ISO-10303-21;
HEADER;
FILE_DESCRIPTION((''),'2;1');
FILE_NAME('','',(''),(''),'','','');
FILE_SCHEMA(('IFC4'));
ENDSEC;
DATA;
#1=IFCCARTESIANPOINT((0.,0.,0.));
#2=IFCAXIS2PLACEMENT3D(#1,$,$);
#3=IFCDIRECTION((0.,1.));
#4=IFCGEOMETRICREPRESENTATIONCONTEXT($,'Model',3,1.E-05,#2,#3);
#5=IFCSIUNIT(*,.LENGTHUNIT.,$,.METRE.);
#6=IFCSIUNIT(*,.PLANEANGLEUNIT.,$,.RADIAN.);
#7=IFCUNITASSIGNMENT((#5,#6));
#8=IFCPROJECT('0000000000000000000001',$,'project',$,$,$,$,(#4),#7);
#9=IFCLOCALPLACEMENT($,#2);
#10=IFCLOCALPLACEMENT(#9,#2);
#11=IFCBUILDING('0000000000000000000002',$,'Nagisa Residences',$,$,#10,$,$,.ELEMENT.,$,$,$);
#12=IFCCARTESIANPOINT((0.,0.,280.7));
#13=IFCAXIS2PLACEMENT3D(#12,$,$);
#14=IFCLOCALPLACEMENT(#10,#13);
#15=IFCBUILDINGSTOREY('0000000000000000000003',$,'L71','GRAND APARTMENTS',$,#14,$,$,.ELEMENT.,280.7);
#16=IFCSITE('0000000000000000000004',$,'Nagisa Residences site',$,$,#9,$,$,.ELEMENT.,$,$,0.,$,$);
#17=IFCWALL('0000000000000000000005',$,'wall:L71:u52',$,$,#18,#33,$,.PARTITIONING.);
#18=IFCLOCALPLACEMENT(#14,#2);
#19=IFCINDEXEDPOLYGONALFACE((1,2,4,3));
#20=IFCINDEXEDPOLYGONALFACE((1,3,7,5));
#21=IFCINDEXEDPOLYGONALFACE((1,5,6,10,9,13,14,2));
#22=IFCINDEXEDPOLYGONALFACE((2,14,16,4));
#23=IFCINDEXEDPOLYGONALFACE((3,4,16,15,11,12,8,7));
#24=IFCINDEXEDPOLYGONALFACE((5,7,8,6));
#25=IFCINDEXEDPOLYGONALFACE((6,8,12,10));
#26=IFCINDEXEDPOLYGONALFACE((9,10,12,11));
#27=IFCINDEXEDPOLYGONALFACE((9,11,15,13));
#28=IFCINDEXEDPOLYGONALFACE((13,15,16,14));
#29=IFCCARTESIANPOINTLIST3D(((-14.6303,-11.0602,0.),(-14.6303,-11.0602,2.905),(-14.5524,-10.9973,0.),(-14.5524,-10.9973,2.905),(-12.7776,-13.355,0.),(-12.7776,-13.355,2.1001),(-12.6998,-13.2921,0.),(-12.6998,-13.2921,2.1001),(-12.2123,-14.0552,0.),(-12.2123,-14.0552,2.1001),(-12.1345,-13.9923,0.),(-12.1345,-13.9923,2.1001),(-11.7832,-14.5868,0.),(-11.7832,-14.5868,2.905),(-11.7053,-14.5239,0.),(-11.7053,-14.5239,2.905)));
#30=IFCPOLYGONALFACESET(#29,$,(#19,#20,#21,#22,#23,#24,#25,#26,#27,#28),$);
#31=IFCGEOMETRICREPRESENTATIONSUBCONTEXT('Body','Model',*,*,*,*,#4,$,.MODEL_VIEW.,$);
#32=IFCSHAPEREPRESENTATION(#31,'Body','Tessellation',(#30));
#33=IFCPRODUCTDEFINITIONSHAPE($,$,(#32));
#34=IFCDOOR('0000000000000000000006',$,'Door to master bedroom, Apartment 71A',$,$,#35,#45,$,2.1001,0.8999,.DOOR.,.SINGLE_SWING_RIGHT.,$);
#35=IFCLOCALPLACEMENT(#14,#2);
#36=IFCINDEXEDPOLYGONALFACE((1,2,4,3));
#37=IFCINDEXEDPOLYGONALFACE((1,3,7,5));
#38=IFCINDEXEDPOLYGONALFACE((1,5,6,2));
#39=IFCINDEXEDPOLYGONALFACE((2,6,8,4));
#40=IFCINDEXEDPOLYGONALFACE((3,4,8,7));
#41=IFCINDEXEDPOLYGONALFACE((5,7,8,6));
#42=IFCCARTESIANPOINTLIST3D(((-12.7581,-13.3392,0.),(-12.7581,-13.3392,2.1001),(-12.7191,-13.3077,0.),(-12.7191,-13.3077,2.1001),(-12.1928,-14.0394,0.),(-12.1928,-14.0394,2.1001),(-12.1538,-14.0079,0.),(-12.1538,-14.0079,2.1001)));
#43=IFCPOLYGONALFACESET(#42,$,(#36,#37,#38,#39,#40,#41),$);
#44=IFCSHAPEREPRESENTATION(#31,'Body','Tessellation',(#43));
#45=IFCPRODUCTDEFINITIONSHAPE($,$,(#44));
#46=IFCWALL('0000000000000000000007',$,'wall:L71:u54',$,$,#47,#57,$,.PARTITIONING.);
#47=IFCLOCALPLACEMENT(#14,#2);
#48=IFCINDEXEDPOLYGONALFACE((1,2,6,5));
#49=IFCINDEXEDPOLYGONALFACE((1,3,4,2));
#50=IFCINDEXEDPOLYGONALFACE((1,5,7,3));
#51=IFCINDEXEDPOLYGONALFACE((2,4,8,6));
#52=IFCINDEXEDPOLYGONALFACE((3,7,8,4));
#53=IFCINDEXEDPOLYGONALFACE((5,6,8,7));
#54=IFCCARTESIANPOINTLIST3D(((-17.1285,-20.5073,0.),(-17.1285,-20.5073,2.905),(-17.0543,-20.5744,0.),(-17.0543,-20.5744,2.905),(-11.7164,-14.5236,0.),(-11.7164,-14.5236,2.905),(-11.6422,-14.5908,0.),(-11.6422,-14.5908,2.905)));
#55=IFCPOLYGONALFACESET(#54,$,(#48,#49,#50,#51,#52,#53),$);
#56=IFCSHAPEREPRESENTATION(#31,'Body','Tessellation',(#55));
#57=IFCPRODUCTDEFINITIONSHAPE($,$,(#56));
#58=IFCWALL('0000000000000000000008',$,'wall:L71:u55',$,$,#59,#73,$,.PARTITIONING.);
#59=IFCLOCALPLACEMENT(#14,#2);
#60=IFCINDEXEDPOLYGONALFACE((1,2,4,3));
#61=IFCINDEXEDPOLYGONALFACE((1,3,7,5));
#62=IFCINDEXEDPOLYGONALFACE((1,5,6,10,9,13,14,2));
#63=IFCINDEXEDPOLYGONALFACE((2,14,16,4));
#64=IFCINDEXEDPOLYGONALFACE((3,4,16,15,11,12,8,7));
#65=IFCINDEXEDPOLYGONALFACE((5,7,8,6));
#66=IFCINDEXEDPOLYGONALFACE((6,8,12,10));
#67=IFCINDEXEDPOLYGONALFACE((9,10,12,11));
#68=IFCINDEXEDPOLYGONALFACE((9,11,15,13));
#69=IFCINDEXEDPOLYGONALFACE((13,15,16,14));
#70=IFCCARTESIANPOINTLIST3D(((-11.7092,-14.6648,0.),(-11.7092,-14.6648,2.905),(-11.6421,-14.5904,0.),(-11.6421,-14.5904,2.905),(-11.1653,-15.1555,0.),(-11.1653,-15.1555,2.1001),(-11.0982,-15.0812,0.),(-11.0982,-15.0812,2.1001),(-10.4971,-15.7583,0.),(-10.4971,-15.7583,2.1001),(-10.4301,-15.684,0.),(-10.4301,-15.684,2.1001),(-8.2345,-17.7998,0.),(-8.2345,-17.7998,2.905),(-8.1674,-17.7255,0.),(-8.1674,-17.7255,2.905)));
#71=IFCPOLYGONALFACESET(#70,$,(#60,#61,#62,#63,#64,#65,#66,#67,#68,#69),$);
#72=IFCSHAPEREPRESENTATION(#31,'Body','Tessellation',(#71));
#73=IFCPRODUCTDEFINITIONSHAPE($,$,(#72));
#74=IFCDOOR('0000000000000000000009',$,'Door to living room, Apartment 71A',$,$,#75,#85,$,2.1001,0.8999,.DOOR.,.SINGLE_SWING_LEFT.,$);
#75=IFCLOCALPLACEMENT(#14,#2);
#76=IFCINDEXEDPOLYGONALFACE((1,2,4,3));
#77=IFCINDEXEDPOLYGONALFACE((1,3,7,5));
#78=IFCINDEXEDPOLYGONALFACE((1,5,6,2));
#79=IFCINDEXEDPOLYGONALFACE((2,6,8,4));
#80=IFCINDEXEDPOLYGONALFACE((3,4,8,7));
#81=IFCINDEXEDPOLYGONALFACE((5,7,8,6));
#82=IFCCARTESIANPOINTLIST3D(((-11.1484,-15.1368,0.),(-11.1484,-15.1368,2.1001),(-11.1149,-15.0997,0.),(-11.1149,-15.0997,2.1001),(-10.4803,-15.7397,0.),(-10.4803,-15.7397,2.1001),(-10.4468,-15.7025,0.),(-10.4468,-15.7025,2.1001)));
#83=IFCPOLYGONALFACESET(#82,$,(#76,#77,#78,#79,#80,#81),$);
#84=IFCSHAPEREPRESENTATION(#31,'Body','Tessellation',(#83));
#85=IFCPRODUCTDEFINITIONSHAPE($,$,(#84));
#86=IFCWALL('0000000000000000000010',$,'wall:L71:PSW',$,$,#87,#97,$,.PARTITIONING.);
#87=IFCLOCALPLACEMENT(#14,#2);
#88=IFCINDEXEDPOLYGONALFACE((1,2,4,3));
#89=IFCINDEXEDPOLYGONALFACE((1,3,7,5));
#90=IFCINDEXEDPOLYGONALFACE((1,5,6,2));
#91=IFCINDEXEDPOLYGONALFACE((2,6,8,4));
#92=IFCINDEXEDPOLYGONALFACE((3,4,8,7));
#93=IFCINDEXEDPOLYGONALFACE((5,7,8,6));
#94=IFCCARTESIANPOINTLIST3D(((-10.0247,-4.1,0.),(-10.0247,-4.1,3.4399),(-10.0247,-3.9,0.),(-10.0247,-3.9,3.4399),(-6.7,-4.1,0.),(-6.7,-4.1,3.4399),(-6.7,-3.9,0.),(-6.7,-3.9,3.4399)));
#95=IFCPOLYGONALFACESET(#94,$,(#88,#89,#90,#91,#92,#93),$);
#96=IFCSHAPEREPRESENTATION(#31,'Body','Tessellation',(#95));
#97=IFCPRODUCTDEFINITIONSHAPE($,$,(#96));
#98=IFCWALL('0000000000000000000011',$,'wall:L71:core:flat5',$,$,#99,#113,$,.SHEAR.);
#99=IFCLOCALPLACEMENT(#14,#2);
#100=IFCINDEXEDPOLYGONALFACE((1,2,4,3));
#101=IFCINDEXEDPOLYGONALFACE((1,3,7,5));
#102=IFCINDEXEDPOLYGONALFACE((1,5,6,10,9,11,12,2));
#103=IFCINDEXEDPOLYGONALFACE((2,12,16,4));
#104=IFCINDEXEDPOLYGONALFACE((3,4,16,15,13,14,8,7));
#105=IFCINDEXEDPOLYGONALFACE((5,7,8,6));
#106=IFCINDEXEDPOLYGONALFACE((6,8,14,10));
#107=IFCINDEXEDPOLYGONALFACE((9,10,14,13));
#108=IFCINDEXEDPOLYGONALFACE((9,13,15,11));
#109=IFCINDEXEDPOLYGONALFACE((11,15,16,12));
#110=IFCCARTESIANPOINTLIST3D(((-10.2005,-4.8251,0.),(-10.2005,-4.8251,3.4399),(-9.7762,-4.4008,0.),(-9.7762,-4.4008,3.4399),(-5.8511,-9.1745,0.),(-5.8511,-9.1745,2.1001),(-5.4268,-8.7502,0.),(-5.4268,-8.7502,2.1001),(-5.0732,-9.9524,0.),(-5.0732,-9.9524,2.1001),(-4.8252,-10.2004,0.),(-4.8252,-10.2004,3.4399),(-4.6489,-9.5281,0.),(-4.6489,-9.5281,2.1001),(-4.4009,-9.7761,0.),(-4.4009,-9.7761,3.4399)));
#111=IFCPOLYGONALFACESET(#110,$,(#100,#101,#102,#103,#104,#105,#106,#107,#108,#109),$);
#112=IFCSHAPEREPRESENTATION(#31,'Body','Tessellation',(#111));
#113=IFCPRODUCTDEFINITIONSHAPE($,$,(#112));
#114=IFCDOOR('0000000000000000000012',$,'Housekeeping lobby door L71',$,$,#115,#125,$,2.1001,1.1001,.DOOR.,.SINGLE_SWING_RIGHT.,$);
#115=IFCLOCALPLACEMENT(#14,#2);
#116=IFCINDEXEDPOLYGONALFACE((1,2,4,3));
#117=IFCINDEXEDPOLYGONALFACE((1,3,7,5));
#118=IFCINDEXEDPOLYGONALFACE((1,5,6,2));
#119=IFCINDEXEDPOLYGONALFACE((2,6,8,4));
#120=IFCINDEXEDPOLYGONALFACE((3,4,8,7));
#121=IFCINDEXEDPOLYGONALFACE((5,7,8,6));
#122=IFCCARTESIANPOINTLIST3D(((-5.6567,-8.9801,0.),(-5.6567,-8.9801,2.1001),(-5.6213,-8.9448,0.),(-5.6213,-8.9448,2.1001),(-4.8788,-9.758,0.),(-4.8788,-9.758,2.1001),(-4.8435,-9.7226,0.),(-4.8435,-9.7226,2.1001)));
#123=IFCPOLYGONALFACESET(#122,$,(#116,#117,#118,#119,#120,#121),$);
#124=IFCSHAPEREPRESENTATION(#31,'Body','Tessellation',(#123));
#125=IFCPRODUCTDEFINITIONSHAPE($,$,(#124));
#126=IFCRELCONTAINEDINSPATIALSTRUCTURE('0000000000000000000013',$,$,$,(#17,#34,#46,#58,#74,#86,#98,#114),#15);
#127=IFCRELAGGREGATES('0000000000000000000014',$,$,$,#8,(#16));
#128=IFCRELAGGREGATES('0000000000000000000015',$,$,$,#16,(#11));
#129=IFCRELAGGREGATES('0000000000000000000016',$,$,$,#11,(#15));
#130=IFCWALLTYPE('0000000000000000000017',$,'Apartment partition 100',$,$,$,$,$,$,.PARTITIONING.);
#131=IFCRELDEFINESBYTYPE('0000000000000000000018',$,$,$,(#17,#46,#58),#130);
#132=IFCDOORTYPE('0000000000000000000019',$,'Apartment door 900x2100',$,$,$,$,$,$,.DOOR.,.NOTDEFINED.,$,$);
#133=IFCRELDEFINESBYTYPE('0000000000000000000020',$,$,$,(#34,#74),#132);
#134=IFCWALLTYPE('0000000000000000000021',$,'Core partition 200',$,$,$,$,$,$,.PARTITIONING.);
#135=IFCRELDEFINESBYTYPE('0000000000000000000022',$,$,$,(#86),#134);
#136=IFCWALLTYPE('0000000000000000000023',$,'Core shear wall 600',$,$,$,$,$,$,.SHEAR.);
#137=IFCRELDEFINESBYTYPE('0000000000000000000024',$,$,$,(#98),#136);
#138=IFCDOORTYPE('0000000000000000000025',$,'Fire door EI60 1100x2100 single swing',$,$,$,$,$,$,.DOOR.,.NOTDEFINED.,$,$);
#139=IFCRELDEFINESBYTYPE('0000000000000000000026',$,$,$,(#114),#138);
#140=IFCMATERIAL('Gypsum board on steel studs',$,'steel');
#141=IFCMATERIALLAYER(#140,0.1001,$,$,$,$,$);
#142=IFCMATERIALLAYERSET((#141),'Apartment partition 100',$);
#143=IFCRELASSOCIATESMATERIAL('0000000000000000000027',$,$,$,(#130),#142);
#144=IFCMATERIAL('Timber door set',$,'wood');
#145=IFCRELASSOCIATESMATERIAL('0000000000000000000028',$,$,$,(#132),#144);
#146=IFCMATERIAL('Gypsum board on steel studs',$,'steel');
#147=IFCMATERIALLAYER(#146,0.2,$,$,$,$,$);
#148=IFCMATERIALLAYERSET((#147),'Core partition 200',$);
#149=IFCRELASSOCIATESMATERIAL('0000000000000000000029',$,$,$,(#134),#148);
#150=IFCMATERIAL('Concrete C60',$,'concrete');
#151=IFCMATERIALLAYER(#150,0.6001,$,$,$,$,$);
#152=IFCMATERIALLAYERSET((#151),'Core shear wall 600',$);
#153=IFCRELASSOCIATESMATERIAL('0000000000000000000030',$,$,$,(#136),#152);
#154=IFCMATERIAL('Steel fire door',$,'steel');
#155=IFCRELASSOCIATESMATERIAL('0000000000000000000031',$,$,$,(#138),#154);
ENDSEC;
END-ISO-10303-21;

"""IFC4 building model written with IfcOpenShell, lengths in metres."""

from ifc_helpers import new_model, si_unit, direction, frame, frame_2d, origin, place, context, subcontext, project, spatial, rectangle, extrude, material, layer, layer_set, type_object, element, fill, save


model = new_model("IFC4")

# Units and contexts
model_context = context("Model", 3, precision=1e-05, world=origin(), true_north=direction((0.0, 1.0)))
body_context = subcontext(model_context, "Body", "Model", "MODEL_VIEW")
ifc_project = project(units=[si_unit("LENGTHUNIT", "METRE"), si_unit("PLANEANGLEUNIT", "RADIAN")], contexts=[model_context])

# Site, building, storey
site_placement = place(None, origin())
site = spatial("IfcSite", under=ifc_project, at=site_placement, Name="Nagisa Residences site", CompositionType="ELEMENT", RefElevation=0.0)
building_placement = place(site_placement, origin())
building = spatial("IfcBuilding", under=site, at=building_placement, Name="Nagisa Residences", CompositionType="ELEMENT")
storey_placement = place(building_placement, frame((0.0, 0.0, 280.7)))
storey = spatial("IfcBuildingStorey", under=building, at=storey_placement, Name="L71", Description="GRAND APARTMENTS", CompositionType="ELEMENT", Elevation=280.7)

# Shared definitions
ifc_material_1 = material(Name="Gypsum board on steel studs", Category="steel")
ifc_layer_1 = layer(ifc_material_1, 0.1001)
ifc_layer_set_1 = layer_set([ifc_layer_1], Name="Apartment partition 100")
wall_type_1 = type_object("IfcWallType", Name="Apartment partition 100", PredefinedType="PARTITIONING", material=ifc_layer_set_1)
ifc_material_2 = material(Name="Timber door set", Category="wood")
door_type_1 = type_object("IfcDoorType", Name="Apartment door 900x2100", OperationType="NOTDEFINED", PredefinedType="DOOR", material=ifc_material_2)

# Wall, opening, door
wall_1_placement = place(storey_placement, frame((-14.5913, -11.0288, 0.0), z_axis=(0.0, 0.0, 1.0), x_axis=(0.62817, -0.778076, 0.0)))
wall_1 = element("IfcWall", 1, at=wall_1_placement, inside=storey, type_object=wall_type_1, Name="wall:L71:u52", PredefinedType="PARTITIONING", context=body_context, shape_type="SweptSolid", body=[
    extrude(rectangle(XDim=4.5325, YDim=0.1001, at=frame_2d((2.2661, 0.0))), origin(), (0.0, 0.0, 1.0), 2.905),
])
opening_1_placement = place(wall_1_placement, frame((2.9492, 0.0, 0.0)))
opening_1 = element("IfcOpeningElement", 2, at=opening_1_placement, cuts=wall_1, PredefinedType="OPENING", context=body_context, shape_type="SweptSolid", body=[
    extrude(rectangle(XDim=0.8999, YDim=2.1001, at=frame_2d((0.45, 1.05))), frame((0.0, 0.0601, 0.0), z_axis=(0.0, -1.0, 0.0), x_axis=(1.0, 0.0, 0.0)), (0.0, 0.0, 1.0), 0.1201),
])
door_1_placement = place(opening_1_placement, frame((0.8999, 0.0, 0.0), x_axis=(-1.0, 0.0, 0.0)))
door_1 = element("IfcDoor", 3, at=door_1_placement, inside=storey, type_object=door_type_1, Name="Door to master bedroom, Apartment 71A", OperationType="SINGLE_SWING_RIGHT", OverallHeight=2.1001, OverallWidth=0.8999, PredefinedType="DOOR", context=body_context, shape_type="SweptSolid", body=[
    extrude(rectangle(XDim=0.8999, YDim=2.1001, at=frame_2d((0.45, 1.05))), frame((0.0, 0.0249, 0.0), z_axis=(0.0, -1.0, 0.0), x_axis=(1.0, 0.0, 0.0)), (0.0, 0.0, 1.0), 0.05),
])
fill(opening_1, door_1)

# Wall
wall_2_placement = place(storey_placement, frame((-11.6792, -14.5571, 0.0), z_axis=(0.0, 0.0, 1.0), x_axis=(-0.6708, -0.741638, 0.0)))
element("IfcWall", 4, at=wall_2_placement, inside=storey, type_object=wall_type_1, Name="wall:L71:u54", PredefinedType="PARTITIONING", context=body_context, shape_type="SweptSolid", body=[
    extrude(rectangle(XDim=8.0681, YDim=0.1001, at=frame_2d((4.0342, 0.0))), origin(), (0.0, 0.0, 1.0), 2.905),
])

# Wall, opening, door
wall_3_placement = place(storey_placement, frame((-11.6755, -14.6277, 0.0), z_axis=(0.0, 0.0, 1.0), x_axis=(0.742458, -0.669892, 0.0)))
wall_3 = element("IfcWall", 5, at=wall_3_placement, inside=storey, type_object=wall_type_1, Name="wall:L71:u55", PredefinedType="PARTITIONING", context=body_context, shape_type="SweptSolid", body=[
    extrude(rectangle(XDim=4.6799, YDim=0.1001, at=frame_2d((2.3398, 0.0))), origin(), (0.0, 0.0, 1.0), 2.905),
])
opening_2_placement = place(wall_3_placement, frame((0.7324, 0.0, 0.0)))
opening_2 = element("IfcOpeningElement", 6, at=opening_2_placement, cuts=wall_3, PredefinedType="OPENING", context=body_context, shape_type="SweptSolid", body=[
    extrude(rectangle(XDim=0.8999, YDim=2.1001, at=frame_2d((0.45, 1.05))), frame((0.0, 0.0601, 0.0), z_axis=(0.0, -1.0, 0.0), x_axis=(1.0, 0.0, 0.0)), (0.0, 0.0, 1.0), 0.1201),
])
door_2_placement = place(opening_2_placement, frame((0.8999, 0.0, 0.0), x_axis=(-1.0, 0.0, 0.0)))
door_2 = element("IfcDoor", 7, at=door_2_placement, inside=storey, type_object=door_type_1, Name="Door to living room, Apartment 71A", OperationType="SINGLE_SWING_LEFT", OverallHeight=2.1001, OverallWidth=0.8999, PredefinedType="DOOR", context=body_context, shape_type="SweptSolid", body=[
    extrude(rectangle(XDim=0.8999, YDim=2.1001, at=frame_2d((0.45, 1.05))), frame((0.0, 0.0249, 0.0), z_axis=(0.0, -1.0, 0.0), x_axis=(1.0, 0.0, 0.0)), (0.0, 0.0, 1.0), 0.05),
])
fill(opening_2, door_2)

# Wall
ifc_material_3 = material(Name="Gypsum board on steel studs", Category="steel")
ifc_layer_2 = layer(ifc_material_3, 0.2)
ifc_layer_set_2 = layer_set([ifc_layer_2], Name="Core partition 200")
wall_type_2 = type_object("IfcWallType", Name="Core partition 200", PredefinedType="PARTITIONING", material=ifc_layer_set_2)
wall_4_placement = place(storey_placement, frame((-10.0247, -4.0, 0.0), z_axis=(0.0, 0.0, 1.0), x_axis=(1.0, 0.0, 0.0)))
element("IfcWall", 8, at=wall_4_placement, inside=storey, type_object=wall_type_2, Name="wall:L71:PSW", PredefinedType="PARTITIONING", context=body_context, shape_type="SweptSolid", body=[
    extrude(rectangle(XDim=3.3247, YDim=0.2, at=frame_2d((1.6624, 0.0))), origin(), (0.0, 0.0, 1.0), 3.4399),
])

# Wall, opening, door
ifc_material_4 = material(Name="Concrete C60", Category="concrete")
ifc_layer_3 = layer(ifc_material_4, 0.6001)
ifc_layer_set_3 = layer_set([ifc_layer_3], Name="Core shear wall 600")
wall_type_3 = type_object("IfcWallType", Name="Core shear wall 600", PredefinedType="SHEAR", material=ifc_layer_set_3)
wall_5_placement = place(storey_placement, frame((-9.9883, -4.613, 0.0), z_axis=(0.0, 0.0, 1.0), x_axis=(0.707107, -0.707107, 0.0)))
wall_5 = element("IfcWall", 9, at=wall_5_placement, inside=storey, type_object=wall_type_3, Name="wall:L71:core:flat5", PredefinedType="SHEAR", context=body_context, shape_type="SweptSolid", body=[
    extrude(rectangle(XDim=7.6018, YDim=0.6001, at=frame_2d((3.8008, 0.0))), origin(), (0.0, 0.0, 1.0), 3.4399),
])
opening_3_placement = place(wall_5_placement, frame((6.1509, 0.0, 0.0)))
opening_3 = element("IfcOpeningElement", 10, at=opening_3_placement, cuts=wall_5, PredefinedType="OPENING", context=body_context, shape_type="SweptSolid", body=[
    extrude(rectangle(XDim=1.1001, YDim=2.1001, at=frame_2d((0.55, 1.05))), frame((0.0, 0.3101, 0.0), z_axis=(0.0, -1.0, 0.0), x_axis=(1.0, 0.0, 0.0)), (0.0, 0.0, 1.0), 0.6201),
])
ifc_material_5 = material(Name="Steel fire door", Category="steel")
door_type_2 = type_object("IfcDoorType", Name="Fire door EI60 1100x2100 single swing", OperationType="NOTDEFINED", PredefinedType="DOOR", material=ifc_material_5)
door_3_placement = place(opening_3_placement, origin())
door_3 = element("IfcDoor", 11, at=door_3_placement, inside=storey, type_object=door_type_2, Name="Housekeeping lobby door L71", OperationType="SINGLE_SWING_RIGHT", OverallHeight=2.1001, OverallWidth=1.1001, PredefinedType="DOOR", context=body_context, shape_type="SweptSolid", body=[
    extrude(rectangle(XDim=1.1001, YDim=2.1001, at=frame_2d((0.55, 1.05))), frame((0.0, 0.0249, 0.0), z_axis=(0.0, -1.0, 0.0), x_axis=(1.0, 0.0, 0.0)), (0.0, 0.0, 1.0), 0.05),
])
fill(opening_3, door_3)

save(model, "model.ifc")
